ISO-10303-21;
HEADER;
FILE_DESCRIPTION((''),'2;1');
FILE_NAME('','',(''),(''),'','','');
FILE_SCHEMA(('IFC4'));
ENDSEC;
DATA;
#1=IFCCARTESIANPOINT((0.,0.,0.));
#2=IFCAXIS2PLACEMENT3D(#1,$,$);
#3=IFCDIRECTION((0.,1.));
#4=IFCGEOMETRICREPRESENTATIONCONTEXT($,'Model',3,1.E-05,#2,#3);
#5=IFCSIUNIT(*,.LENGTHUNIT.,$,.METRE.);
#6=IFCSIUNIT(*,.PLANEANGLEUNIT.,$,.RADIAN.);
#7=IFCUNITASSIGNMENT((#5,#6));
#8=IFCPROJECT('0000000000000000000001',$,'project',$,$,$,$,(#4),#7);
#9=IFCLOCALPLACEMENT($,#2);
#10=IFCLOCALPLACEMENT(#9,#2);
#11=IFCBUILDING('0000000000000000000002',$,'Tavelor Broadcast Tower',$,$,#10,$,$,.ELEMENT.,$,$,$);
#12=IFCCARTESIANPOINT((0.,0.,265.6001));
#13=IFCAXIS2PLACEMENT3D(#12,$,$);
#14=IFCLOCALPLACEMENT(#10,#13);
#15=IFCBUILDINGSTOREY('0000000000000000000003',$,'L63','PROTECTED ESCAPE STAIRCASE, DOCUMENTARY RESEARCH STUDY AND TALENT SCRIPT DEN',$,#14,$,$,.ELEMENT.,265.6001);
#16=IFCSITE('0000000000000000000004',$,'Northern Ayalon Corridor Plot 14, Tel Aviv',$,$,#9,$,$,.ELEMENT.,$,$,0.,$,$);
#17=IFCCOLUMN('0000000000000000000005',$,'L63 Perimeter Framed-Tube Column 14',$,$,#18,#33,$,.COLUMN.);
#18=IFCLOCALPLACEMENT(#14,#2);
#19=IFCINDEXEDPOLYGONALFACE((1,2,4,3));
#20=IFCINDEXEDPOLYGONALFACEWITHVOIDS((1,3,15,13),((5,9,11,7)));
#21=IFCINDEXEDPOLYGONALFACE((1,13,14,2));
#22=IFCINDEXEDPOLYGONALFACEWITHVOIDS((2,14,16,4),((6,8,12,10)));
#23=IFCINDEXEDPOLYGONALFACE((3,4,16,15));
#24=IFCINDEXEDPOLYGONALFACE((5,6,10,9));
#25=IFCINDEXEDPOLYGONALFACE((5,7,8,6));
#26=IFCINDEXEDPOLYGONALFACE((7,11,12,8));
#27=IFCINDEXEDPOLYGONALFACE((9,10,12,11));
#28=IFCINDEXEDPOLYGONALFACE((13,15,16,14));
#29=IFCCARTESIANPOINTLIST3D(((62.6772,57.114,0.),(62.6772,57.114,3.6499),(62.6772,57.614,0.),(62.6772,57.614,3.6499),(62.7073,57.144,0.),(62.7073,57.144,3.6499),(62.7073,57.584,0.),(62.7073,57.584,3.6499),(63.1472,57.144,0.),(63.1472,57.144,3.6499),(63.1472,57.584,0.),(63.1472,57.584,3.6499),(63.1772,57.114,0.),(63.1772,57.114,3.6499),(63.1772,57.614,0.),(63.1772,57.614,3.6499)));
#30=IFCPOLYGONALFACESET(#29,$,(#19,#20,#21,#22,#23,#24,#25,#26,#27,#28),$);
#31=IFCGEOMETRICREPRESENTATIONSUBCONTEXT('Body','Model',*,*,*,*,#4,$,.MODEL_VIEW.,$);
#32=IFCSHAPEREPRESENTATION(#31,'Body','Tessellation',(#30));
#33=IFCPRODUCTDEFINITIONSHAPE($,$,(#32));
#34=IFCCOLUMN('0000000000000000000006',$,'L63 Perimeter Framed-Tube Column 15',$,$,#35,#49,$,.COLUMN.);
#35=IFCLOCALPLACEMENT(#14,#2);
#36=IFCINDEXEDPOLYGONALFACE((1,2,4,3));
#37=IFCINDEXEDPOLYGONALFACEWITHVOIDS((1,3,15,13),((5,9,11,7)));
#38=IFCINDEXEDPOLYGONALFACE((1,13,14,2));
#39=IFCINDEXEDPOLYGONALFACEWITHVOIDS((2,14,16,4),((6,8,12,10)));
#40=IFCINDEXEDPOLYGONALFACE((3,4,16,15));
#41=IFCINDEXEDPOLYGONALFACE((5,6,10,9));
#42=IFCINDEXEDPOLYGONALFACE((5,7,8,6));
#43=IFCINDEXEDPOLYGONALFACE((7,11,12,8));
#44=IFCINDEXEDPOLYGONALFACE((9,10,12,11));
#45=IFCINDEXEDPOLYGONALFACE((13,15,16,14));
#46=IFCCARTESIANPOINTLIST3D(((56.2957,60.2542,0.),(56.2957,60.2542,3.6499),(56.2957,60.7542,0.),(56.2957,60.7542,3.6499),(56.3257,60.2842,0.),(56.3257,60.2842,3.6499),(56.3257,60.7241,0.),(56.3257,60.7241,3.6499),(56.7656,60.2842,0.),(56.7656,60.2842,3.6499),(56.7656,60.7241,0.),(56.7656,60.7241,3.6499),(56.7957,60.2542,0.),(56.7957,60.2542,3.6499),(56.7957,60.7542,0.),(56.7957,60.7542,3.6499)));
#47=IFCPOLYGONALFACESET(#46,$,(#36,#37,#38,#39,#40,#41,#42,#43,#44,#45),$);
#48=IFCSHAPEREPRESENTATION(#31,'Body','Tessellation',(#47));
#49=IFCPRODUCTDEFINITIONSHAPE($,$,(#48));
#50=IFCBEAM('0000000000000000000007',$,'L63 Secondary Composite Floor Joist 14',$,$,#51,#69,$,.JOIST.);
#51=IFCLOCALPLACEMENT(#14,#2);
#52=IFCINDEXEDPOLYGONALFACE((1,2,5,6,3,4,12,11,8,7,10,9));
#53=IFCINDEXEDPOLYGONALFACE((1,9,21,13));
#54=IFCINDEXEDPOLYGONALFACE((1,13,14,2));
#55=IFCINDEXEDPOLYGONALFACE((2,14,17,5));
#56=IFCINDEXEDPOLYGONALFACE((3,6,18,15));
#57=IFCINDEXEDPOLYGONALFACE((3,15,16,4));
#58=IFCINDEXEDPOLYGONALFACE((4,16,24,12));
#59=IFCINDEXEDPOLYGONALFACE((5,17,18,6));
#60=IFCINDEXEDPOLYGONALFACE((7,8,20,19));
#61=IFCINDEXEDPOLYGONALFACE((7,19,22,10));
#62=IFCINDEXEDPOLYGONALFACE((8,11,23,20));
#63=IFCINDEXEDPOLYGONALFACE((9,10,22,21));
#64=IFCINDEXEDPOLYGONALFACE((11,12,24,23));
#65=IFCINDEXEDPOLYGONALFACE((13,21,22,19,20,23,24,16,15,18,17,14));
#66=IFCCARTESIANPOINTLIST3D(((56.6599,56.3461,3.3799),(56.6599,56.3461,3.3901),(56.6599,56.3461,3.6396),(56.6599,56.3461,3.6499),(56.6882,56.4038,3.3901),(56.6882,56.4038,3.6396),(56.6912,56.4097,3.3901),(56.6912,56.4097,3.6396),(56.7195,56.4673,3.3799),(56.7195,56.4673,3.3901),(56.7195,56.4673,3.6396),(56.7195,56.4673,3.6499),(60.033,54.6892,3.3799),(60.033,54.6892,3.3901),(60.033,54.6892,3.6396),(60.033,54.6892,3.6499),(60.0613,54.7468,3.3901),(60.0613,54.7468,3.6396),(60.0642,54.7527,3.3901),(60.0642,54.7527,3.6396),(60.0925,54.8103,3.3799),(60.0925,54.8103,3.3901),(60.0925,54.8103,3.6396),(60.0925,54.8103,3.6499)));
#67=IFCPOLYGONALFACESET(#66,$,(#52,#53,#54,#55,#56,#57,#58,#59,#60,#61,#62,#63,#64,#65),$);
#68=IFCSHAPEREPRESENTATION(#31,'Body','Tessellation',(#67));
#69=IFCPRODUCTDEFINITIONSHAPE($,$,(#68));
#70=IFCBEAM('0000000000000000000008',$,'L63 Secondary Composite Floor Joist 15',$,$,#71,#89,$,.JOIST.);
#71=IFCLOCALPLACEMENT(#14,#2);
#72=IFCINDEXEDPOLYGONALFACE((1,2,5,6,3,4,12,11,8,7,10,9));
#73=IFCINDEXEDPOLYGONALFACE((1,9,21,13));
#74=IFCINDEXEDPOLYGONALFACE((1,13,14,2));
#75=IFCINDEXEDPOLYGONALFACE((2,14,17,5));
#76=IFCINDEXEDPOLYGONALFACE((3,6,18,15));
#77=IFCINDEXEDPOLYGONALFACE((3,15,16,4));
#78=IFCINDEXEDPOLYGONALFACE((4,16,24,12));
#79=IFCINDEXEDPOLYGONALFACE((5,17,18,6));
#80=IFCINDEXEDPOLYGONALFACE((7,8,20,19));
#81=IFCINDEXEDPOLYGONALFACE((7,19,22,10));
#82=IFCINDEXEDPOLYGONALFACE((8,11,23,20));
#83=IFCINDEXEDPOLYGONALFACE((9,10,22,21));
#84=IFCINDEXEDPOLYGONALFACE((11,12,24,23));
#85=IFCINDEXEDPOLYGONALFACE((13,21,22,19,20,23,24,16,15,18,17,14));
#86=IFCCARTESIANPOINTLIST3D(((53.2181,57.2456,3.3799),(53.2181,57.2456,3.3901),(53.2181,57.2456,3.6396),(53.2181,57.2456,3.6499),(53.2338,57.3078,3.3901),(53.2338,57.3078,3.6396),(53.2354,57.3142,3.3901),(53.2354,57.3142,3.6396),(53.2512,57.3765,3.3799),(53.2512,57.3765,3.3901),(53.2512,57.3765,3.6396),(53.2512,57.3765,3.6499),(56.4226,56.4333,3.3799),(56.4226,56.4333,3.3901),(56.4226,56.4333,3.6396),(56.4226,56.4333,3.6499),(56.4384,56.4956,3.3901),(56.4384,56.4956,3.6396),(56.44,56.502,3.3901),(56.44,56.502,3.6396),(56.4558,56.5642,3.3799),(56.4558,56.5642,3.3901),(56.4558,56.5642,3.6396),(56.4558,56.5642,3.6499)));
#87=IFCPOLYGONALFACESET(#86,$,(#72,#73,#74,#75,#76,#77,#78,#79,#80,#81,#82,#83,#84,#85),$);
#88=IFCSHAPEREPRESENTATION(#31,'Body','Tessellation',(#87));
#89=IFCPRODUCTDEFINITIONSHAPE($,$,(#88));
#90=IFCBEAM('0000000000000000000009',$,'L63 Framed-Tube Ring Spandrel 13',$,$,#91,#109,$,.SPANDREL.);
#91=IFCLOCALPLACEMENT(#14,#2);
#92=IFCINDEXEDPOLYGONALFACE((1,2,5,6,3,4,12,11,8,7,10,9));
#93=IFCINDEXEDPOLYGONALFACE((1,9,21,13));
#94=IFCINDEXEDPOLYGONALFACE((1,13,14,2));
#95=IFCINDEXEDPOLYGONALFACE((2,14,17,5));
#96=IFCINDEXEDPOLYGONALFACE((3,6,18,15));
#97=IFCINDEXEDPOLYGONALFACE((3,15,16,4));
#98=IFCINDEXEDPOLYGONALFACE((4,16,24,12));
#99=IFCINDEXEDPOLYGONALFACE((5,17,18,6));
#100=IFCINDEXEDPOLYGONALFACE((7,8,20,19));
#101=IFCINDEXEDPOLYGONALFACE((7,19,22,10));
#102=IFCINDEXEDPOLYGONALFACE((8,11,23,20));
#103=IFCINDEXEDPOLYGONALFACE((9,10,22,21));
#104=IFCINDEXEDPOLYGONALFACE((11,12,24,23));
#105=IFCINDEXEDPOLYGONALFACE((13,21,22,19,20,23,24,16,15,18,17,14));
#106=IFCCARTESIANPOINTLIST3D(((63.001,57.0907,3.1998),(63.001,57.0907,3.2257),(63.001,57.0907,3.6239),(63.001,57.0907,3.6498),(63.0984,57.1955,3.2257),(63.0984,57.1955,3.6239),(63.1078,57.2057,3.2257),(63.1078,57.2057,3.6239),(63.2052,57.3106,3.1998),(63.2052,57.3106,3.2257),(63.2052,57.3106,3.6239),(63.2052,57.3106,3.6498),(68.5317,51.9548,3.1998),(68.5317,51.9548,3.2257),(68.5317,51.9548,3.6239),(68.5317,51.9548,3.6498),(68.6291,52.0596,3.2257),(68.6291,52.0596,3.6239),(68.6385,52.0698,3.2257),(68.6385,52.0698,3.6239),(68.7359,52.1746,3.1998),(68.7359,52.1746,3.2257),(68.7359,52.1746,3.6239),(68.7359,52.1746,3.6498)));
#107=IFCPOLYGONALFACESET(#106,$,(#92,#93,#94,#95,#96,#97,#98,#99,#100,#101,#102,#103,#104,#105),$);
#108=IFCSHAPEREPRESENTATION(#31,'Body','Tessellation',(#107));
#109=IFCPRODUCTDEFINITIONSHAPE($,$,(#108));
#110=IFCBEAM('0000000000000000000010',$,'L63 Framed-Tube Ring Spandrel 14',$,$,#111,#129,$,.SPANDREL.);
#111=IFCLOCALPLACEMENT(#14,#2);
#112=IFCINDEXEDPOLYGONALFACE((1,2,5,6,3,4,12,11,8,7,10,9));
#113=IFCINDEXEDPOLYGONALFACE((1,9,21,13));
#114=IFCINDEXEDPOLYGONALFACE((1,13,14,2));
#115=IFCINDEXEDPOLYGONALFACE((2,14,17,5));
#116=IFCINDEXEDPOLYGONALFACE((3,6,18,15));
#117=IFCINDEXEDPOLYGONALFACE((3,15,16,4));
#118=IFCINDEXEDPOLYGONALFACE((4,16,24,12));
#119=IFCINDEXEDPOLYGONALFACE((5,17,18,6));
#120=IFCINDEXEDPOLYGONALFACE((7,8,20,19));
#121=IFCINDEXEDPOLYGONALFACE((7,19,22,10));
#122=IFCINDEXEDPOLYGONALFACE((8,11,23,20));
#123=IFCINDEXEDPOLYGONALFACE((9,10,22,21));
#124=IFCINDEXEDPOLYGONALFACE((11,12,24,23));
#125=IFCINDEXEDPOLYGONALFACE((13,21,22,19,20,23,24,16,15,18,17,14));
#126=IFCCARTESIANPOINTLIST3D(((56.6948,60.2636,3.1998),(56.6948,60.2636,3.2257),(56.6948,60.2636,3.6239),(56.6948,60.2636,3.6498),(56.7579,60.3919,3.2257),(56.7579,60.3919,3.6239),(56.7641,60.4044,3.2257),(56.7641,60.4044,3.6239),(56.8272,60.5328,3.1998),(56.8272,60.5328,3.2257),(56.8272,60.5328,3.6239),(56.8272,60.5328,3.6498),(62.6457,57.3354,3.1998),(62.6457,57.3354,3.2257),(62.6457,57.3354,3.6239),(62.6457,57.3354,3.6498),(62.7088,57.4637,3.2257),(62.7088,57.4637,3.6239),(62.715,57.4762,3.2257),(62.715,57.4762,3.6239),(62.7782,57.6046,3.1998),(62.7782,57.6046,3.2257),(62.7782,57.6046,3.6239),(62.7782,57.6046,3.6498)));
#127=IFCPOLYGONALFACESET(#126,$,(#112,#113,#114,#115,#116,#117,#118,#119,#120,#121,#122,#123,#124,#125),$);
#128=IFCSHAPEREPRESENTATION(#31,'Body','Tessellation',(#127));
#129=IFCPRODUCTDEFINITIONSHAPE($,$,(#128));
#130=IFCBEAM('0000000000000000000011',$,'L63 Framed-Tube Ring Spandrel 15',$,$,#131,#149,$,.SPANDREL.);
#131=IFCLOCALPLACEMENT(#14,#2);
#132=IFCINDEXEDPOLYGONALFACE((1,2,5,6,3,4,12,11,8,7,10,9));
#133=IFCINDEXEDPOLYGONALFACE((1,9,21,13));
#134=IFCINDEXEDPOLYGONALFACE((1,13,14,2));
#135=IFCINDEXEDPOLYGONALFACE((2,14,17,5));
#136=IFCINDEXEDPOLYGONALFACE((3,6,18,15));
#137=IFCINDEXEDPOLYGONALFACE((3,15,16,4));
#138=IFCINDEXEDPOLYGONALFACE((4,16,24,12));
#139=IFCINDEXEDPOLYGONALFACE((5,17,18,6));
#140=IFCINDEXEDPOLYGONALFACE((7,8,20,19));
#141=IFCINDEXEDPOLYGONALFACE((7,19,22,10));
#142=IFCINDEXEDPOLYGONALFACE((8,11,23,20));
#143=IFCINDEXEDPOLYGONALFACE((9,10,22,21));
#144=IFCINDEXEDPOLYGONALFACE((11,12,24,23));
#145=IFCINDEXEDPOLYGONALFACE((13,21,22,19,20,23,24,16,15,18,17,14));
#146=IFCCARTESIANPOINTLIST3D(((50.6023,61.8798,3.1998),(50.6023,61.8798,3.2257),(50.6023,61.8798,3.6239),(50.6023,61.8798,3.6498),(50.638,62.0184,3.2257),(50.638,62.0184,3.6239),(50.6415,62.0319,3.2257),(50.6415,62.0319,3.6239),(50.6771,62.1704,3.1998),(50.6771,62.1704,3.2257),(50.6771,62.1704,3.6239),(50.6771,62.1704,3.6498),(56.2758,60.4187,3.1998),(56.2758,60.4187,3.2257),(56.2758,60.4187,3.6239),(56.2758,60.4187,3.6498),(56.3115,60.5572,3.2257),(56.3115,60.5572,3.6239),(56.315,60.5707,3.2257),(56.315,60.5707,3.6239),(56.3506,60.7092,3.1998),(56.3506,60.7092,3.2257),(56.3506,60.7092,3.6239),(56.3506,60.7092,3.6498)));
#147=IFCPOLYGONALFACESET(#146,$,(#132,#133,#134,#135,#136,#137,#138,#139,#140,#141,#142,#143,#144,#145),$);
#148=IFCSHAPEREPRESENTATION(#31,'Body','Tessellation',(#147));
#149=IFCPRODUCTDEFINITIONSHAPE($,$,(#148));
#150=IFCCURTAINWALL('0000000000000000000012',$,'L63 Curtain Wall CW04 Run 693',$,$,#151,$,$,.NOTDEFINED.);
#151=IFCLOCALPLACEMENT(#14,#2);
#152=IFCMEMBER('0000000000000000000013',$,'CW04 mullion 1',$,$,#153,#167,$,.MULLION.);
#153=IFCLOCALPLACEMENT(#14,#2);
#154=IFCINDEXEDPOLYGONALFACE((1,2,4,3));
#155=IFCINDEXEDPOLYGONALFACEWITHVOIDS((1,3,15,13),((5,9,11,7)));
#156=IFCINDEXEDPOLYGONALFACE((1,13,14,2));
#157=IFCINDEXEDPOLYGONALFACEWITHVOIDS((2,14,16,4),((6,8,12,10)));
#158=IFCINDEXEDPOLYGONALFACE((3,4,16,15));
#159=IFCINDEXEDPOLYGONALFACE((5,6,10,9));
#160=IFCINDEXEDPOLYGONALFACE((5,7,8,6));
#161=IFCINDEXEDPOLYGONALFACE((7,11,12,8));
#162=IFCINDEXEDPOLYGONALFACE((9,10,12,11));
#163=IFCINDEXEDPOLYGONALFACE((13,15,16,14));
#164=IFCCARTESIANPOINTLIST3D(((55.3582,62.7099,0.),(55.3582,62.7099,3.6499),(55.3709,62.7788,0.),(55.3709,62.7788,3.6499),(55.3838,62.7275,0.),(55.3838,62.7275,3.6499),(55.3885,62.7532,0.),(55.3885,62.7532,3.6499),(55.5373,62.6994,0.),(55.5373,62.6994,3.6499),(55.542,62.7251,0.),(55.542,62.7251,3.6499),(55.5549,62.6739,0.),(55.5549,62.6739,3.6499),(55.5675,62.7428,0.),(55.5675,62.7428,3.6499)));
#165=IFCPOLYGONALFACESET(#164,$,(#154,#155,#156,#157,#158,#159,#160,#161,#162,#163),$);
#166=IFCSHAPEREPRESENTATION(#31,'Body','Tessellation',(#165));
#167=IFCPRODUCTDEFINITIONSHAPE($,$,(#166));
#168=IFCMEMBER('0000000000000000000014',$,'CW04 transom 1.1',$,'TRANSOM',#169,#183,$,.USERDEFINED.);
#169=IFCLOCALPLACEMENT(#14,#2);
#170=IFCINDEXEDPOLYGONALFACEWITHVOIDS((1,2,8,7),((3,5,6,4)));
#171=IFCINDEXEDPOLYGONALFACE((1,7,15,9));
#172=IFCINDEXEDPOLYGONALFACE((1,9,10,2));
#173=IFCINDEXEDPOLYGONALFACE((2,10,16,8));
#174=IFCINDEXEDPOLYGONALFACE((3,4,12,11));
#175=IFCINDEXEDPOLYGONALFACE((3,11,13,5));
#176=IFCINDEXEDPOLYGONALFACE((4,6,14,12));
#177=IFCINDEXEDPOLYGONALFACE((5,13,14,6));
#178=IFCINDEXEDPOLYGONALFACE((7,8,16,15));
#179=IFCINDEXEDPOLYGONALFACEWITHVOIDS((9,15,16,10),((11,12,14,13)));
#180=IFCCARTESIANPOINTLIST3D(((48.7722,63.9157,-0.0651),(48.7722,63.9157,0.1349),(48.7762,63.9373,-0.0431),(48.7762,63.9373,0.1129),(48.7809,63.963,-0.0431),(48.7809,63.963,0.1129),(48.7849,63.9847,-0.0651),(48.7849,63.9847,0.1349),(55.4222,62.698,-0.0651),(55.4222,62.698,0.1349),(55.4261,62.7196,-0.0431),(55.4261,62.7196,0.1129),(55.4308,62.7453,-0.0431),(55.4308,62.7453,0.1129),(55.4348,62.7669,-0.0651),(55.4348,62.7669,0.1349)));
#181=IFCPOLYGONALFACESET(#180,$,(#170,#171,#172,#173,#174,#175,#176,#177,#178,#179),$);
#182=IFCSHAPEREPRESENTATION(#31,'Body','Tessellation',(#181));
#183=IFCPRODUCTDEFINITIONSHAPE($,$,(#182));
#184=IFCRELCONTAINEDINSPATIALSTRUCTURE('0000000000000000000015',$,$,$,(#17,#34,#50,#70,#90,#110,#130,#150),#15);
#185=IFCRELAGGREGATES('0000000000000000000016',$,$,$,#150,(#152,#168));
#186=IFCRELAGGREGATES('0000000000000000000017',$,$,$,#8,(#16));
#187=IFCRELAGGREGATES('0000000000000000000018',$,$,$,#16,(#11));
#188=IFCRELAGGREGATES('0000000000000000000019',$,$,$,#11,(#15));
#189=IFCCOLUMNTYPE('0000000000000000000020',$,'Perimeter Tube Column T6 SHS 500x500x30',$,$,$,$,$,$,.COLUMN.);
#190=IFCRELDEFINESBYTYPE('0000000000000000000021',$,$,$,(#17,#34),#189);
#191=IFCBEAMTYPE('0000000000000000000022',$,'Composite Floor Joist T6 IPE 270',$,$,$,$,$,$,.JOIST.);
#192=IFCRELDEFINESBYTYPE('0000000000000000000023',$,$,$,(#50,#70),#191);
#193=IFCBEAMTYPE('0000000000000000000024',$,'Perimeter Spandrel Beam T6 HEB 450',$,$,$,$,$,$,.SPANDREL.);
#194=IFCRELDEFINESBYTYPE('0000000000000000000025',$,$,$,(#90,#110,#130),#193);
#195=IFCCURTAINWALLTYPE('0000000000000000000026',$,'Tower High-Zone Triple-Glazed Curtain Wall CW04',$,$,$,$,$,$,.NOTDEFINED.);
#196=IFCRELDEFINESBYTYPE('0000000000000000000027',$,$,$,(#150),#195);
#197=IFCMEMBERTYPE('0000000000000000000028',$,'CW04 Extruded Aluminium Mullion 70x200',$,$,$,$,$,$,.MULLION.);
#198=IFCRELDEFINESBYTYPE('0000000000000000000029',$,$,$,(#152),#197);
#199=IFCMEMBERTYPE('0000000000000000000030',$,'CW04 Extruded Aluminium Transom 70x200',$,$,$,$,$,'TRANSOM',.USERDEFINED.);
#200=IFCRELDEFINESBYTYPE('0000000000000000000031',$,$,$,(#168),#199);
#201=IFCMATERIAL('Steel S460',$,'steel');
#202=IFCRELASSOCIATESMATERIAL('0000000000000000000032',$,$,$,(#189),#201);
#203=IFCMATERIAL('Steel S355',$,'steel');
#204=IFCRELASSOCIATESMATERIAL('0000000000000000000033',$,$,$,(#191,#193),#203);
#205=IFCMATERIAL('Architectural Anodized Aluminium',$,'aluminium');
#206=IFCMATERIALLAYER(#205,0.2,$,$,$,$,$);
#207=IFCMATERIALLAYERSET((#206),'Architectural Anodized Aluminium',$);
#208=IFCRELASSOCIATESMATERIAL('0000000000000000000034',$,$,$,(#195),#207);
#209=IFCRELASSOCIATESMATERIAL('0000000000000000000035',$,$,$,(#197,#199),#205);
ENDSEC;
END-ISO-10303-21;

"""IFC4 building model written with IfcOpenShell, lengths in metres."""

from ifc_helpers import new_model, si_unit, direction, frame, origin, origin_2d, place, context, subcontext, project, spatial, hollow_rectangle, i_section, extrude, source, transform, mapped, material, layer, layer_set, material_profile, profile_set, type_object, type_shapes, element, aggregate, save


model = new_model("IFC4")

# Units and contexts
model_context = context("Model", 3, precision=1e-05, world=origin(), true_north=direction((0.0, 1.0)))
body_context = subcontext(model_context, "Body", "Model", "MODEL_VIEW")
ifc_project = project(units=[si_unit("LENGTHUNIT", "METRE"), si_unit("PLANEANGLEUNIT", "RADIAN")], contexts=[model_context])

# Site, building, storey
site_placement = place(None, origin())
site = spatial("IfcSite", under=ifc_project, at=site_placement, Name="Northern Ayalon Corridor Plot 14, Tel Aviv", CompositionType="ELEMENT", RefElevation=0.0)
building_placement = place(site_placement, origin())
building = spatial("IfcBuilding", under=site, at=building_placement, Name="Tavelor Broadcast Tower", CompositionType="ELEMENT")
storey_placement = place(building_placement, frame((0.0, 0.0, 265.6001)))
storey = spatial("IfcBuildingStorey", under=building, at=storey_placement, Name="L63", Description="PROTECTED ESCAPE STAIRCASE, DOCUMENTARY RESEARCH STUDY AND TALENT SCRIPT DEN", CompositionType="ELEMENT", Elevation=265.6001)

# Columns
ifc_material_1 = material(Name="Steel S460", Category="steel")
ifc_material_profile_1 = material_profile(ifc_material_1, hollow_rectangle(XDim=0.5, YDim=0.5, WallThickness=0.03, at=origin_2d()), Name="SHS 500x500x30")
ifc_profile_set_1 = profile_set([ifc_material_profile_1], Name="Steel S460")
column_type = type_object("IfcColumnType", Name="Perimeter Tube Column T6 SHS 500x500x30", PredefinedType="COLUMN", material=ifc_profile_set_1)
for number, where, z_axis, x_axis, name in (
    (1, (62.9272, 57.364, 0.0), (0.0, 0.0, 1.0), (1.0, 0.0, 0.0), "L63 Perimeter Framed-Tube Column 14"),
    (2, (56.5457, 60.5042, 0.0), (0.0, 0.0, 1.0), (1.0, 0.0, 0.0), "L63 Perimeter Framed-Tube Column 15"),
):
    element("IfcColumn", number, at=place(storey_placement, frame(where, z_axis=z_axis, x_axis=x_axis)), inside=storey, type_object=column_type, Name=name, PredefinedType="COLUMN", context=body_context, shape_type="SweptSolid", body=[
        extrude(hollow_rectangle(XDim=0.5, YDim=0.5, WallThickness=0.03, at=origin_2d()), origin(), (0.0, 0.0, 1.0), 3.6499),
    ])

# Beams
ifc_material_2 = material(Name="Steel S355", Category="steel")
ifc_material_profile_2 = material_profile(ifc_material_2, i_section(OverallWidth=0.135, OverallDepth=0.27, WebThickness=0.0066, FlangeThickness=0.0103, at=origin_2d()), Name="IPE 270")
ifc_profile_set_2 = profile_set([ifc_material_profile_2], Name="Steel S355")
beam_type_1 = type_object("IfcBeamType", Name="Composite Floor Joist T6 IPE 270", PredefinedType="JOIST", material=ifc_profile_set_2)
beam_1_placement = place(storey_placement, frame((60.0627, 54.7498, 3.5149), z_axis=(-0.897549, 0.440914, 0.0), x_axis=(-0.440914, -0.897549, 0.0)))
element("IfcBeam", 3, at=beam_1_placement, inside=storey, type_object=beam_type_1, Name="L63 Secondary Composite Floor Joist 14", PredefinedType="JOIST", context=body_context, shape_type="SweptSolid", body=[
    extrude(i_section(OverallWidth=0.135, OverallDepth=0.27, WebThickness=0.0066, FlangeThickness=0.0103, at=origin_2d()), origin(), (0.0, 0.0, 1.0), 3.7581),
])
beam_2_placement = place(storey_placement, frame((56.4392, 56.4988, 3.5149), z_axis=(-0.969347, 0.245697, 0.0), x_axis=(-0.245697, -0.969347, 0.0)))
element("IfcBeam", 4, at=beam_2_placement, inside=storey, type_object=beam_type_1, Name="L63 Secondary Composite Floor Joist 15", PredefinedType="JOIST", context=body_context, shape_type="SweptSolid", body=[
    extrude(i_section(OverallWidth=0.135, OverallDepth=0.27, WebThickness=0.0066, FlangeThickness=0.0103, at=origin_2d()), origin(), (0.0, 0.0, 1.0), 3.3059),
])
ifc_material_profile_3 = material_profile(ifc_material_2, i_section(OverallWidth=0.3, OverallDepth=0.45, WebThickness=0.0139, FlangeThickness=0.0259, at=origin_2d()), Name="HEB 450")
ifc_profile_set_3 = profile_set([ifc_material_profile_3], Name="Steel S355")
beam_type_2 = type_object("IfcBeamType", Name="Perimeter Spandrel Beam T6 HEB 450", PredefinedType="SPANDREL", material=ifc_profile_set_3)
beam_3_placement = place(storey_placement, frame((68.6338, 52.0647, 3.4248), z_axis=(-0.732775, 0.680471, 0.0), x_axis=(-0.680471, -0.732775, 0.0)))
element("IfcBeam", 5, at=beam_3_placement, inside=storey, type_object=beam_type_2, Name="L63 Framed-Tube Ring Spandrel 13", PredefinedType="SPANDREL", context=body_context, shape_type="SweptSolid", body=[
    extrude(i_section(OverallWidth=0.3, OverallDepth=0.45, WebThickness=0.0139, FlangeThickness=0.0259, at=origin_2d()), origin(), (0.0, 0.0, 1.0), 7.5476),
])
beam_4_placement = place(storey_placement, frame((62.7119, 57.47, 3.4248), z_axis=(-0.897258, 0.441506, 0.0), x_axis=(-0.441506, -0.897258, 0.0)))
element("IfcBeam", 6, at=beam_4_placement, inside=storey, type_object=beam_type_2, Name="L63 Framed-Tube Ring Spandrel 14", PredefinedType="SPANDREL", context=body_context, shape_type="SweptSolid", body=[
    extrude(i_section(OverallWidth=0.3, OverallDepth=0.45, WebThickness=0.0139, FlangeThickness=0.0259, at=origin_2d()), origin(), (0.0, 0.0, 1.0), 6.6323),
])
beam_5_placement = place(storey_placement, frame((56.3132, 60.564, 3.4248), z_axis=(-0.9684, 0.249403, 0.0), x_axis=(-0.249403, -0.9684, 0.0)))
element("IfcBeam", 7, at=beam_5_placement, inside=storey, type_object=beam_type_2, Name="L63 Framed-Tube Ring Spandrel 15", PredefinedType="SPANDREL", context=body_context, shape_type="SweptSolid", body=[
    extrude(i_section(OverallWidth=0.3, OverallDepth=0.45, WebThickness=0.0139, FlangeThickness=0.0259, at=origin_2d()), origin(), (0.0, 0.0, 1.0), 5.8586),
])

# Curtain wall, members
ifc_material_3 = material(Name="Architectural Anodized Aluminium", Category="aluminium")
ifc_layer_1 = layer(ifc_material_3, 0.2)
ifc_layer_set_1 = layer_set([ifc_layer_1], Name="Architectural Anodized Aluminium")
curtain_wall_type = type_object("IfcCurtainWallType", Name="Tower High-Zone Triple-Glazed Curtain Wall CW04", PredefinedType="NOTDEFINED", material=ifc_layer_set_1)
curtain_wall_placement = place(storey_placement, origin())
curtain_wall = element("IfcCurtainWall", 8, at=curtain_wall_placement, inside=storey, type_object=curtain_wall_type, Name="L63 Curtain Wall CW04 Run 693", PredefinedType="NOTDEFINED")
ifc_material_profile_4 = material_profile(ifc_material_3, hollow_rectangle(XDim=0.0701, YDim=0.2, WallThickness=0.022, at=origin_2d()), Name="RHS 70x200x22")
ifc_profile_set_4 = profile_set([ifc_material_profile_4], Name="Architectural Anodized Aluminium")
member_type_1 = type_object("IfcMemberType", Name="CW04 Extruded Aluminium Mullion 70x200", PredefinedType="MULLION", material=ifc_profile_set_4)
shared_shape_1 = source(origin(), body_context, "Body", "SweptSolid", [
    extrude(hollow_rectangle(XDim=0.0701, YDim=0.2, WallThickness=0.022, at=origin_2d()), origin(), (0.0, 0.0, 1.0), 3.6499),
])
type_shapes(member_type_1, [shared_shape_1])
member_1_placement = place(storey_placement, frame((55.4629, 62.7263, 0.0), z_axis=(0.0, 0.0, 1.0), x_axis=(-0.180104, -0.983647, 0.0)))
member_1 = element("IfcMember", 9, at=member_1_placement, type_object=member_type_1, Name="CW04 mullion 1", PredefinedType="MULLION", context=body_context, shape_type="MappedRepresentation", body=[
    mapped(shared_shape_1, transform((0.0, 0.0, 0.0), scale=1.0)),
])
ifc_material_profile_5 = material_profile(ifc_material_3, hollow_rectangle(XDim=0.0701, YDim=0.2, WallThickness=0.022, at=origin_2d()), Name="RHS 70x200x22")
ifc_profile_set_5 = profile_set([ifc_material_profile_5], Name="Architectural Anodized Aluminium")
member_type_2 = type_object("IfcMemberType", Name="CW04 Extruded Aluminium Transom 70x200", ElementType="TRANSOM", PredefinedType="USERDEFINED", material=ifc_profile_set_5)
shared_shape_2 = source(origin(), body_context, "Body", "SweptSolid", [
    extrude(hollow_rectangle(XDim=0.0701, YDim=0.2, WallThickness=0.022, at=origin_2d()), origin(), (0.0, 0.0, 1.0), 6.7605),
])
type_shapes(member_type_2, [shared_shape_2])
member_2_placement = place(storey_placement, frame((55.4285, 62.7324, 0.0349), z_axis=(-0.983643, 0.180131, 0.0), x_axis=(-0.180131, -0.983643, 0.0)))
member_2 = element("IfcMember", 10, at=member_2_placement, type_object=member_type_2, Name="CW04 transom 1.1", ObjectType="TRANSOM", PredefinedType="USERDEFINED", context=body_context, shape_type="MappedRepresentation", body=[
    mapped(shared_shape_2, transform((0.0, 0.0, 0.0), scale=1.0)),
])
aggregate(curtain_wall, [member_1, member_2])

save(model, "model.ifc")
